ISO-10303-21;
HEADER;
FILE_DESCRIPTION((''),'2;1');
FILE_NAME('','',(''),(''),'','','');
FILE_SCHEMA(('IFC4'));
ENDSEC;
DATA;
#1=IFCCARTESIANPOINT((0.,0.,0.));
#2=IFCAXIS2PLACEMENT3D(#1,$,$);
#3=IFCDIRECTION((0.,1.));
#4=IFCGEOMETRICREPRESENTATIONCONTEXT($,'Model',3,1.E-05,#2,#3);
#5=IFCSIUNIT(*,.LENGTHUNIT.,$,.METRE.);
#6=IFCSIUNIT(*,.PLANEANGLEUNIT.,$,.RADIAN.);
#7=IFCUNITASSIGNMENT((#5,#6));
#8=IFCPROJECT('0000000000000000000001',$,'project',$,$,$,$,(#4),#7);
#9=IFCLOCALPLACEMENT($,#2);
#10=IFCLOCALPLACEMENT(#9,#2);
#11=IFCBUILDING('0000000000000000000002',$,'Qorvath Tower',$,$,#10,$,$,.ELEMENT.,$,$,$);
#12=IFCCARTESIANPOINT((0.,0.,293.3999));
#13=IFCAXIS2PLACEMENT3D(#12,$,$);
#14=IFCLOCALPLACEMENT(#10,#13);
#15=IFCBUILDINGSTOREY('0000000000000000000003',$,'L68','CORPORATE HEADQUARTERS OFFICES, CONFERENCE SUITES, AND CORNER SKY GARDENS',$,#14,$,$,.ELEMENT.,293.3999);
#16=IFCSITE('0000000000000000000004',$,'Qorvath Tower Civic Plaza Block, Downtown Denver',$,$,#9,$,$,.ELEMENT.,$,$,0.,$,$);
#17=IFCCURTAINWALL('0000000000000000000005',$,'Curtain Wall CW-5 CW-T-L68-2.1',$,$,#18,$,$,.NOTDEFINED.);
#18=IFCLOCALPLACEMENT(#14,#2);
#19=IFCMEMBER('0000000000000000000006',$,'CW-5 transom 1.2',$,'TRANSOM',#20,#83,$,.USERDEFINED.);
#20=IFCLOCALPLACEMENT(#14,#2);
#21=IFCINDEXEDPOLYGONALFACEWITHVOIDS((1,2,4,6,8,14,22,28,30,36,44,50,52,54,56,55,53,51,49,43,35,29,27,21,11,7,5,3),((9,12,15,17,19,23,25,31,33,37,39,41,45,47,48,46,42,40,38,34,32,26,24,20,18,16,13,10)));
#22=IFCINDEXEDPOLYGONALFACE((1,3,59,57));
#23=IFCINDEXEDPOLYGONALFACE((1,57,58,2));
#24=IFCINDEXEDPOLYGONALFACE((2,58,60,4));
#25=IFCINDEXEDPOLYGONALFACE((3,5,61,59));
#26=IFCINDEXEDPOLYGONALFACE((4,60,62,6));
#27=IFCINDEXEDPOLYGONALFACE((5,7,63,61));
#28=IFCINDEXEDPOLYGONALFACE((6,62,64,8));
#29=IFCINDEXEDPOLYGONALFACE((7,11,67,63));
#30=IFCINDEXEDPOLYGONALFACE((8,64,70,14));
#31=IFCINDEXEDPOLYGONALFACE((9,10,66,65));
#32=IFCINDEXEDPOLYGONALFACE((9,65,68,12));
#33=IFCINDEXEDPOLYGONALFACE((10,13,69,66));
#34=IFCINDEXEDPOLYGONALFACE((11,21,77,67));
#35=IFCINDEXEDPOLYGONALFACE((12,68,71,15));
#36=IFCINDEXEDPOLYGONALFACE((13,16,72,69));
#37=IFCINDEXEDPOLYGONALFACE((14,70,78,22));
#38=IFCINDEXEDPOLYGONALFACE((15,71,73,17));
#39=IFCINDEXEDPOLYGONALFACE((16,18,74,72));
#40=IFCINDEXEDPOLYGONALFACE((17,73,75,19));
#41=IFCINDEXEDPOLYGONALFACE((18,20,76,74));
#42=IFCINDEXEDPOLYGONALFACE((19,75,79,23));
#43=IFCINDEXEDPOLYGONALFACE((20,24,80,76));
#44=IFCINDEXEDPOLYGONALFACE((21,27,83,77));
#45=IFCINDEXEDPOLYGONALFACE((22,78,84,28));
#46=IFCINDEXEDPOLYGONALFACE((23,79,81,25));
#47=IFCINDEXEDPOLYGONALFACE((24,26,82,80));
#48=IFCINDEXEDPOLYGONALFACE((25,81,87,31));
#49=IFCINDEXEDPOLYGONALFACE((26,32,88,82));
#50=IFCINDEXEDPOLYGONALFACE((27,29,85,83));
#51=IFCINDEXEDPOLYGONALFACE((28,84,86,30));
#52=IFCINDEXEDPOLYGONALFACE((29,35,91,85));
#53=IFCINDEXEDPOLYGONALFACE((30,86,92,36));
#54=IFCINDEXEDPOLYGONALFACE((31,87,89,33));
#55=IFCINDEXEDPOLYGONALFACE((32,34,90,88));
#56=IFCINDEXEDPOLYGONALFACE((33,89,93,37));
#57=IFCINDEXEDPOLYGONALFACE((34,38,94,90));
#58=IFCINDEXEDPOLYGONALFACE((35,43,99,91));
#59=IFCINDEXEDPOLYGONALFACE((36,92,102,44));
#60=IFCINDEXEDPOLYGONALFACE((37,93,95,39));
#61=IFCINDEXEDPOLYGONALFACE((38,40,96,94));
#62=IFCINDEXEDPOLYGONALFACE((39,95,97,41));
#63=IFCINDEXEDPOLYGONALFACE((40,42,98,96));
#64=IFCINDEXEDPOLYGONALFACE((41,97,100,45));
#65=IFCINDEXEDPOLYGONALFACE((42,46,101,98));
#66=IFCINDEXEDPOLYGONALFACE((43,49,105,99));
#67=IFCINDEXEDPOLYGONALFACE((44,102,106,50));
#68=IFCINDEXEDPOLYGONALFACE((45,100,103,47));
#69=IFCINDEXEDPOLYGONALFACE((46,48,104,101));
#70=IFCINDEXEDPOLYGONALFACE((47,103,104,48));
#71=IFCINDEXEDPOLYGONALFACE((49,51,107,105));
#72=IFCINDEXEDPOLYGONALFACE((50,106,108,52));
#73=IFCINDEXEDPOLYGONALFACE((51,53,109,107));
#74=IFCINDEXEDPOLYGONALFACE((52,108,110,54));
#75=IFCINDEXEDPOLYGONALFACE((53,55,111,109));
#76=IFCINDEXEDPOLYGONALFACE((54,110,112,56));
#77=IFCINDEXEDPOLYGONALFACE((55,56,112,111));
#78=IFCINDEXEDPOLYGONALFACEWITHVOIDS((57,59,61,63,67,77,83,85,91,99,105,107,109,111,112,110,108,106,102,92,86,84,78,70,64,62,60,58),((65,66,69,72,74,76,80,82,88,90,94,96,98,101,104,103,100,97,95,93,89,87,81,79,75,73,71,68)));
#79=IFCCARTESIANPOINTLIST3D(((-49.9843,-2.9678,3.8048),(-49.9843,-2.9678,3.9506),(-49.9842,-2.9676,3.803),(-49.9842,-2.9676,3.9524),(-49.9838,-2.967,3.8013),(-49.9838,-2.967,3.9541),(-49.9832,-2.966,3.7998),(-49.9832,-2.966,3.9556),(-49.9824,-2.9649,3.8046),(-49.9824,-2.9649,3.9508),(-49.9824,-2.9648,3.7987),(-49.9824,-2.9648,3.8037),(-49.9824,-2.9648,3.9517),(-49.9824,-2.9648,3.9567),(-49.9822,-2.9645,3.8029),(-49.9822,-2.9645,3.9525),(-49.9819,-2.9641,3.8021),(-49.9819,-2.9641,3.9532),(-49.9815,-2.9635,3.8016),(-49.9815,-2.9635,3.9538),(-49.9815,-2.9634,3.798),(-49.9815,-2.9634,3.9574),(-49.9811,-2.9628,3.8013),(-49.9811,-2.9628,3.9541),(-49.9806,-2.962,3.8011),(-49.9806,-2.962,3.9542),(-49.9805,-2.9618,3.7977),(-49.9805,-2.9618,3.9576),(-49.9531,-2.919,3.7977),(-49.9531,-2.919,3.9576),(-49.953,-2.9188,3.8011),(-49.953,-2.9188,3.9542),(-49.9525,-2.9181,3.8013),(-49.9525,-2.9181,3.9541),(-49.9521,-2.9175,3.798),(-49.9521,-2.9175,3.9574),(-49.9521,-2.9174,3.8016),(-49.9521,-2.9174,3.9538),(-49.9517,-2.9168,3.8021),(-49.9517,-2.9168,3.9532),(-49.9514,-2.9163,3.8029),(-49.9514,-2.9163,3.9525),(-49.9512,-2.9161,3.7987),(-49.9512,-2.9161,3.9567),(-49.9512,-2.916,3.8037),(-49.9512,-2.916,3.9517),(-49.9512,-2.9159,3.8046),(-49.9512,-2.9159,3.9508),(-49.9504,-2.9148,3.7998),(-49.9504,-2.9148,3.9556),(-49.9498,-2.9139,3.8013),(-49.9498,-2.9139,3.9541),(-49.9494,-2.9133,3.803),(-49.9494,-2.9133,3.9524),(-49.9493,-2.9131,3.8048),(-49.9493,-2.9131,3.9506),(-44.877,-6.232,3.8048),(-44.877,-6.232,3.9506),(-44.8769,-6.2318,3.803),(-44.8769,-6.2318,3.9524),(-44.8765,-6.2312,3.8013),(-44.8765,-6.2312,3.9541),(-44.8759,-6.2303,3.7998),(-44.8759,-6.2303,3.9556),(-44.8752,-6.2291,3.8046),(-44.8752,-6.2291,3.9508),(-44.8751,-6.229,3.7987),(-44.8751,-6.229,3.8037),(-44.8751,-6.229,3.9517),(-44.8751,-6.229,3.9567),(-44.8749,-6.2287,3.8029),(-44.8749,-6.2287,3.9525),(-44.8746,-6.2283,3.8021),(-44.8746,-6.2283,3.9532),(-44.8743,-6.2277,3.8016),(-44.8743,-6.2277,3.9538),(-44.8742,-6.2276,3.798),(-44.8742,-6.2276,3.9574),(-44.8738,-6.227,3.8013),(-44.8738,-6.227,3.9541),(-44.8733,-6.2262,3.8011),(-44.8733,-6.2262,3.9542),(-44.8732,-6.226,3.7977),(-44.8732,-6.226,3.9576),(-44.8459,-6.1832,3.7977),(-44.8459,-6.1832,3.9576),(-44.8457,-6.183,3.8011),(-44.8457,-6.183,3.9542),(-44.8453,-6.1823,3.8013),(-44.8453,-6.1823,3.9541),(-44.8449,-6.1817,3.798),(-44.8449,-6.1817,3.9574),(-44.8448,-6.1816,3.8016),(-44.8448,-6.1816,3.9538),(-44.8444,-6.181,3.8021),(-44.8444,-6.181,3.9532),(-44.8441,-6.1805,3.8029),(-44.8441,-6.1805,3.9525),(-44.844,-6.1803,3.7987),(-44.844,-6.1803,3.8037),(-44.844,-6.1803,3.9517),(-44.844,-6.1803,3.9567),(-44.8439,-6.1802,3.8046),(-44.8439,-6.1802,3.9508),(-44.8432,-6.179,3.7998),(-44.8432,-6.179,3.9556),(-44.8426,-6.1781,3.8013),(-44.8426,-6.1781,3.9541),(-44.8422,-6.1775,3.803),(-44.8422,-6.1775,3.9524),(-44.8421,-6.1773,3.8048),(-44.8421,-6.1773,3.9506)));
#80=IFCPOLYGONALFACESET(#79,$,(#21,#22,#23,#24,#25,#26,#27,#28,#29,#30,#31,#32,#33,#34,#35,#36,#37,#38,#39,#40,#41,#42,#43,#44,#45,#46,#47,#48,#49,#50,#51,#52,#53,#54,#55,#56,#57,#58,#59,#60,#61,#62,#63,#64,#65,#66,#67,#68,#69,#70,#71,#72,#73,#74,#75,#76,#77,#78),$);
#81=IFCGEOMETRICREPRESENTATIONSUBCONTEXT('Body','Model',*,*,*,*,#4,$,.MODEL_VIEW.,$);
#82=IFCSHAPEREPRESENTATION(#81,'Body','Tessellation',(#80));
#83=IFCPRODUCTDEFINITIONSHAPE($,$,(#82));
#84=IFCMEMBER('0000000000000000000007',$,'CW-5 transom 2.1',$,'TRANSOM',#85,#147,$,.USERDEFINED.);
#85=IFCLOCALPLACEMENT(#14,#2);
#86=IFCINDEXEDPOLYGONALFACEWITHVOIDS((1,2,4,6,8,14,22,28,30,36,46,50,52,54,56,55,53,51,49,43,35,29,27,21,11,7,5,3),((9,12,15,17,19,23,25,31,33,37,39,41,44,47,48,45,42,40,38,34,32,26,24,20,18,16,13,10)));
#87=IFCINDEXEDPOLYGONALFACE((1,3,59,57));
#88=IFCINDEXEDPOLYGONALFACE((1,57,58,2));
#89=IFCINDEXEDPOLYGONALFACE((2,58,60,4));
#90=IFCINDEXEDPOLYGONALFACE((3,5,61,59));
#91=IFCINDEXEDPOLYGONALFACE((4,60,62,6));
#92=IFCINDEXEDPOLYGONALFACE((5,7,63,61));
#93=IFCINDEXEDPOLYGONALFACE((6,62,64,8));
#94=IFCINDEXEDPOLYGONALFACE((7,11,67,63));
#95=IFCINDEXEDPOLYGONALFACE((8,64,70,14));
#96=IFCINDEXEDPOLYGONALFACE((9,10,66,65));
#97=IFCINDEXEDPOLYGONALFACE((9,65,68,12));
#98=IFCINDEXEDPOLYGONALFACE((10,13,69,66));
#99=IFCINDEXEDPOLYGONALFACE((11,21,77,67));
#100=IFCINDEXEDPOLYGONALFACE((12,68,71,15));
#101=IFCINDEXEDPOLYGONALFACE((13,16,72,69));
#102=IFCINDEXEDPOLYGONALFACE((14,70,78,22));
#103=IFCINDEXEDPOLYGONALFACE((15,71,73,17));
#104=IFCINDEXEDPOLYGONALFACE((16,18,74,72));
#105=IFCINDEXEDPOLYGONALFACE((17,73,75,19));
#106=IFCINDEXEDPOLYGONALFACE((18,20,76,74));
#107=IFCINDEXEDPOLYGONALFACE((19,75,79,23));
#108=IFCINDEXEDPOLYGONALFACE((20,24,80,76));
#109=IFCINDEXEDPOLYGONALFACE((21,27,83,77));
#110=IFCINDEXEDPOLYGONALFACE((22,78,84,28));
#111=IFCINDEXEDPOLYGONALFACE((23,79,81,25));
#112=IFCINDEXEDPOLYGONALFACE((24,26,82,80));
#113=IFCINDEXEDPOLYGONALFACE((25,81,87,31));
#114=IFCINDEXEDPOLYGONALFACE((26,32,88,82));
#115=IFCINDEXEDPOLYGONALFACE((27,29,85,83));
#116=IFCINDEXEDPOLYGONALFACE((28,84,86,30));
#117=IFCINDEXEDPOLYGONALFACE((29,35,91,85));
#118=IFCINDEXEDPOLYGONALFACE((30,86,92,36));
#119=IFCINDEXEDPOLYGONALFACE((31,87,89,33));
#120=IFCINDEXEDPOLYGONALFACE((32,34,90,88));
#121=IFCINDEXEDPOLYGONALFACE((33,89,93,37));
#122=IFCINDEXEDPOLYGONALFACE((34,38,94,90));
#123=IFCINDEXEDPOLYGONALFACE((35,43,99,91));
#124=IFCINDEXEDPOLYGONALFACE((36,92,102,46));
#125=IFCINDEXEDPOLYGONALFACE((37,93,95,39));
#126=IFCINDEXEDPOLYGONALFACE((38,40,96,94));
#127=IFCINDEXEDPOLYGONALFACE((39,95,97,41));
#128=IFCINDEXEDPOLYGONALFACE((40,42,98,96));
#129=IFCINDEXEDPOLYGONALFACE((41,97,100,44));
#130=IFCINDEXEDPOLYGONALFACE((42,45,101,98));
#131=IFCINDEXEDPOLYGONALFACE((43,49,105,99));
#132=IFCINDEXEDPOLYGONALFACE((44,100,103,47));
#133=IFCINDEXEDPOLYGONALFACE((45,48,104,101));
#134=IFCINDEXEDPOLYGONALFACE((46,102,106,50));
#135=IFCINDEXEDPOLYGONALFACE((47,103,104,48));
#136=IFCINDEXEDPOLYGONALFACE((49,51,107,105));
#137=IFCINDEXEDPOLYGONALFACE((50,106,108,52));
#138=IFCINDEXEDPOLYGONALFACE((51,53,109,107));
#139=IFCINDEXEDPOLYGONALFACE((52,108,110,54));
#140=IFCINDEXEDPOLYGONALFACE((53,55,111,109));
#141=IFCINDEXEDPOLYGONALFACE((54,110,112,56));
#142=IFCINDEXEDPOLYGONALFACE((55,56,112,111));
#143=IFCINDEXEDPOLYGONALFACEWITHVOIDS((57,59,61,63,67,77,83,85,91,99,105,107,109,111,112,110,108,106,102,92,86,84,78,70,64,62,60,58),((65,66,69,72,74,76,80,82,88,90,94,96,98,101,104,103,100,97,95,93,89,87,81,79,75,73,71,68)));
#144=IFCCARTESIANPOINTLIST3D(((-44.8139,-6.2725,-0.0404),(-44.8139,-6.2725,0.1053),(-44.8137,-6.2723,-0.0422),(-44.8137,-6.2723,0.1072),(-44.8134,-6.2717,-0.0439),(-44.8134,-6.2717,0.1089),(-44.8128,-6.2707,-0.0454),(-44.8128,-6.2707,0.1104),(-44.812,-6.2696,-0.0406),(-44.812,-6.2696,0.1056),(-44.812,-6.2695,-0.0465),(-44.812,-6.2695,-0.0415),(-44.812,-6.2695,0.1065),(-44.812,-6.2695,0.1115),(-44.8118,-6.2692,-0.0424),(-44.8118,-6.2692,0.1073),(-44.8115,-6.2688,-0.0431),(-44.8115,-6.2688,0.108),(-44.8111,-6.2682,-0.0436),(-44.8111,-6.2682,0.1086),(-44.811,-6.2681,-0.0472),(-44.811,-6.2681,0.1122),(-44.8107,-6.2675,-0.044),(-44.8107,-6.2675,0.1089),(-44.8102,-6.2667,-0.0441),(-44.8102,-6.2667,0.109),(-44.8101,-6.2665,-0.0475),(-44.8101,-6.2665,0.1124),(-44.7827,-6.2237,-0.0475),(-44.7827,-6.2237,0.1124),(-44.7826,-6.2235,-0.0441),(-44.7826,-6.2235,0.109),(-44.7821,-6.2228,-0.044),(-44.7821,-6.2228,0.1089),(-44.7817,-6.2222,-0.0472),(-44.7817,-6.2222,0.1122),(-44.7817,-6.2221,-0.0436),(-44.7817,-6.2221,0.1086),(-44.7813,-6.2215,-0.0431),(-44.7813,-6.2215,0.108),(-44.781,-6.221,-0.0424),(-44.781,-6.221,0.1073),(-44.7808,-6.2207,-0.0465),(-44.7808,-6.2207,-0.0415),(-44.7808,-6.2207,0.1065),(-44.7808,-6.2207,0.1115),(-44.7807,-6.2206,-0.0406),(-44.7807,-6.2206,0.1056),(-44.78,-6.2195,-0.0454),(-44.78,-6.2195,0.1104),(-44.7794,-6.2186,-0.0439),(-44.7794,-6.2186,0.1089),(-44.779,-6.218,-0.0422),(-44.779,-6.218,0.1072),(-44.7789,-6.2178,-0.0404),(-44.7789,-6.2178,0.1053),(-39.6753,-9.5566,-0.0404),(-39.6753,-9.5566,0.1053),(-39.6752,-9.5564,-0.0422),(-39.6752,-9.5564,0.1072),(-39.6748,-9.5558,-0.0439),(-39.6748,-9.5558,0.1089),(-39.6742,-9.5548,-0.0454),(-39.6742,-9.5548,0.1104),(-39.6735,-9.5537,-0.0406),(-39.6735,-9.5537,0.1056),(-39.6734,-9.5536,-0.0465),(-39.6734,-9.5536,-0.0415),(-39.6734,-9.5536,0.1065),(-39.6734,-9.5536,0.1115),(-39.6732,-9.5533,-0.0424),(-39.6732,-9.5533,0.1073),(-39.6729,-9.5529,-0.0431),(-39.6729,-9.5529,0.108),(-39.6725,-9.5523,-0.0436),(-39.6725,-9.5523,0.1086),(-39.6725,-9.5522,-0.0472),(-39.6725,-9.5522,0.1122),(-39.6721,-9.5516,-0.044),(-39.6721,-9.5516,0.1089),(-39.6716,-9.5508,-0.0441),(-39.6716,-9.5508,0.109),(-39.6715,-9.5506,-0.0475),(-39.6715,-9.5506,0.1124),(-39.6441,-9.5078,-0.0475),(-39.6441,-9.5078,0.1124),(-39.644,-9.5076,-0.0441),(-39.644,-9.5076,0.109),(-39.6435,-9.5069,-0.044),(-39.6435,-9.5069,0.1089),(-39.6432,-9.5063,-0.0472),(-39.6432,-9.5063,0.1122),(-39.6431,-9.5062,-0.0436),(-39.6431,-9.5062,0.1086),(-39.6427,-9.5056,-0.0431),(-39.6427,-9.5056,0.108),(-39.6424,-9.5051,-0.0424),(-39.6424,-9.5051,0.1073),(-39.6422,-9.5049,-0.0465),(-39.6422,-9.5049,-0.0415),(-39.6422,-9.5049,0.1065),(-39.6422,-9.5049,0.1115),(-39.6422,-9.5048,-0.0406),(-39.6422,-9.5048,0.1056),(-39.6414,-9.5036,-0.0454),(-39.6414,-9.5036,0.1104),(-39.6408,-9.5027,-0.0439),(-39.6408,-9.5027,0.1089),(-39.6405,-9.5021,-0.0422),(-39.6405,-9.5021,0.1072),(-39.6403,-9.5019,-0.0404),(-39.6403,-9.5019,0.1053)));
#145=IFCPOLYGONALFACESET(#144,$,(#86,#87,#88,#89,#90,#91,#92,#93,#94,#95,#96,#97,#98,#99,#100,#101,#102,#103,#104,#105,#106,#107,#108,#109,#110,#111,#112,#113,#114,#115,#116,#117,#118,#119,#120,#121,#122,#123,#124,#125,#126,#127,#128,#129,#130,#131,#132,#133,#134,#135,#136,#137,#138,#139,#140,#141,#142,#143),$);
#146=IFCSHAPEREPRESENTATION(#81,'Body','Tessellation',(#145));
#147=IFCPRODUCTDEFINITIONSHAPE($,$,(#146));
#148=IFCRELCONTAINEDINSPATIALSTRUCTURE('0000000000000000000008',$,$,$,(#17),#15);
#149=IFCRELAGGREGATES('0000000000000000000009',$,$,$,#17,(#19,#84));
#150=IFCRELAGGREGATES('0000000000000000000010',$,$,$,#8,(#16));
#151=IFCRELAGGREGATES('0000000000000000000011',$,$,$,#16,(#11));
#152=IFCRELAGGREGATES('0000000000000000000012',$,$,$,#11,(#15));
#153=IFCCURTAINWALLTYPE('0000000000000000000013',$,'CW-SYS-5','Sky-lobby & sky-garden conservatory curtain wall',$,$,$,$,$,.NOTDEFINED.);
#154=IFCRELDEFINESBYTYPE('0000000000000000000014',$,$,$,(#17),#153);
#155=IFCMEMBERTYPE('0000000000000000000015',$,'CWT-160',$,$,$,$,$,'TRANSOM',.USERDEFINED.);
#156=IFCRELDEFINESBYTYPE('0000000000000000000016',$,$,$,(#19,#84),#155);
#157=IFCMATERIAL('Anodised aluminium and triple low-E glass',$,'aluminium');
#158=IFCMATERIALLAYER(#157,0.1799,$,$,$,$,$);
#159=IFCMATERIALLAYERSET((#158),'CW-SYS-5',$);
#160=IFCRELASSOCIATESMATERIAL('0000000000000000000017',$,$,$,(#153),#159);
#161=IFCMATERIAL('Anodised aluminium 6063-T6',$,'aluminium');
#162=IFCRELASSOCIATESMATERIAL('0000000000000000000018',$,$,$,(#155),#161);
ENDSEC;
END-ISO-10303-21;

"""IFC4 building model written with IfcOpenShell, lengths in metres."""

from ifc_helpers import new_model, si_unit, direction, frame, origin, origin_2d, place, context, subcontext, project, spatial, hollow_rectangle, extrude, material, layer, layer_set, material_profile, profile_set, type_object, element, aggregate, save


model = new_model("IFC4")

# Units and contexts
model_context = context("Model", 3, precision=1e-05, world=origin(), true_north=direction((0.0, 1.0)))
body_context = subcontext(model_context, "Body", "Model", "MODEL_VIEW")
ifc_project = project(units=[si_unit("LENGTHUNIT", "METRE"), si_unit("PLANEANGLEUNIT", "RADIAN")], contexts=[model_context])

# Site, building, storey
site_placement = place(None, origin())
site = spatial("IfcSite", under=ifc_project, at=site_placement, Name="Qorvath Tower Civic Plaza Block, Downtown Denver", CompositionType="ELEMENT", RefElevation=0.0)
building_placement = place(site_placement, origin())
building = spatial("IfcBuilding", under=site, at=building_placement, Name="Qorvath Tower", CompositionType="ELEMENT")
storey_placement = place(building_placement, frame((0.0, 0.0, 293.3999)))
storey = spatial("IfcBuildingStorey", under=building, at=storey_placement, Name="L68", Description="CORPORATE HEADQUARTERS OFFICES, CONFERENCE SUITES, AND CORNER SKY GARDENS", CompositionType="ELEMENT", Elevation=293.3999)

# Curtain wall, members
ifc_material_1 = material(Name="Anodised aluminium and triple low-E glass", Category="aluminium")
ifc_layer_1 = layer(ifc_material_1, 0.1799)
ifc_layer_set_1 = layer_set([ifc_layer_1], Name="CW-SYS-5")
curtain_wall_type = type_object("IfcCurtainWallType", Name="CW-SYS-5", Description="Sky-lobby & sky-garden conservatory curtain wall", PredefinedType="NOTDEFINED", material=ifc_layer_set_1)
curtain_wall_placement = place(storey_placement, origin())
curtain_wall = element("IfcCurtainWall", 1, at=curtain_wall_placement, inside=storey, type_object=curtain_wall_type, Name="Curtain Wall CW-5 CW-T-L68-2.1", PredefinedType="NOTDEFINED")
ifc_material_2 = material(Name="Anodised aluminium 6063-T6", Category="aluminium")
ifc_material_profile_1 = material_profile(ifc_material_2, hollow_rectangle(XDim=0.0649, YDim=0.1599, WallThickness=0.0034, InnerFilletRadius=0.0034, OuterFilletRadius=0.0071, at=origin_2d()), Name="CWT 160x65")
ifc_profile_set_1 = profile_set([ifc_material_profile_1], Name="Anodised aluminium 6063-T6")
member_type_1 = type_object("IfcMemberType", Name="CWT-160", ElementType="TRANSOM", PredefinedType="USERDEFINED", material=ifc_profile_set_1)
member_1_placement = place(storey_placement, frame((-49.9668, -2.9404, 3.8777), z_axis=(0.842603, -0.538535, 0.0), x_axis=(0.538535, 0.842603, 0.0)))
member_1 = element("IfcMember", 2, at=member_1_placement, type_object=member_type_1, Name="CW-5 transom 1.2", ObjectType="TRANSOM", PredefinedType="USERDEFINED", context=body_context, shape_type="SweptSolid", body=[
    extrude(hollow_rectangle(XDim=0.0649, YDim=0.1599, WallThickness=0.0034, InnerFilletRadius=0.0034, OuterFilletRadius=0.0071, at=origin_2d()), origin(), (0.0, 0.0, 1.0), 6.0613),
])
member_2_placement = place(storey_placement, frame((-44.7964, -6.2451, 0.0325), z_axis=(0.842611, -0.538522, 0.0), x_axis=(0.538522, 0.842611, 0.0)))
member_2 = element("IfcMember", 3, at=member_2_placement, type_object=member_type_1, Name="CW-5 transom 2.1", ObjectType="TRANSOM", PredefinedType="USERDEFINED", context=body_context, shape_type="SweptSolid", body=[
    extrude(hollow_rectangle(XDim=0.0649, YDim=0.1599, WallThickness=0.0034, InnerFilletRadius=0.0034, OuterFilletRadius=0.0071, at=origin_2d()), origin(), (0.0, 0.0, 1.0), 6.0984),
])
aggregate(curtain_wall, [member_1, member_2])

save(model, "model.ifc")
